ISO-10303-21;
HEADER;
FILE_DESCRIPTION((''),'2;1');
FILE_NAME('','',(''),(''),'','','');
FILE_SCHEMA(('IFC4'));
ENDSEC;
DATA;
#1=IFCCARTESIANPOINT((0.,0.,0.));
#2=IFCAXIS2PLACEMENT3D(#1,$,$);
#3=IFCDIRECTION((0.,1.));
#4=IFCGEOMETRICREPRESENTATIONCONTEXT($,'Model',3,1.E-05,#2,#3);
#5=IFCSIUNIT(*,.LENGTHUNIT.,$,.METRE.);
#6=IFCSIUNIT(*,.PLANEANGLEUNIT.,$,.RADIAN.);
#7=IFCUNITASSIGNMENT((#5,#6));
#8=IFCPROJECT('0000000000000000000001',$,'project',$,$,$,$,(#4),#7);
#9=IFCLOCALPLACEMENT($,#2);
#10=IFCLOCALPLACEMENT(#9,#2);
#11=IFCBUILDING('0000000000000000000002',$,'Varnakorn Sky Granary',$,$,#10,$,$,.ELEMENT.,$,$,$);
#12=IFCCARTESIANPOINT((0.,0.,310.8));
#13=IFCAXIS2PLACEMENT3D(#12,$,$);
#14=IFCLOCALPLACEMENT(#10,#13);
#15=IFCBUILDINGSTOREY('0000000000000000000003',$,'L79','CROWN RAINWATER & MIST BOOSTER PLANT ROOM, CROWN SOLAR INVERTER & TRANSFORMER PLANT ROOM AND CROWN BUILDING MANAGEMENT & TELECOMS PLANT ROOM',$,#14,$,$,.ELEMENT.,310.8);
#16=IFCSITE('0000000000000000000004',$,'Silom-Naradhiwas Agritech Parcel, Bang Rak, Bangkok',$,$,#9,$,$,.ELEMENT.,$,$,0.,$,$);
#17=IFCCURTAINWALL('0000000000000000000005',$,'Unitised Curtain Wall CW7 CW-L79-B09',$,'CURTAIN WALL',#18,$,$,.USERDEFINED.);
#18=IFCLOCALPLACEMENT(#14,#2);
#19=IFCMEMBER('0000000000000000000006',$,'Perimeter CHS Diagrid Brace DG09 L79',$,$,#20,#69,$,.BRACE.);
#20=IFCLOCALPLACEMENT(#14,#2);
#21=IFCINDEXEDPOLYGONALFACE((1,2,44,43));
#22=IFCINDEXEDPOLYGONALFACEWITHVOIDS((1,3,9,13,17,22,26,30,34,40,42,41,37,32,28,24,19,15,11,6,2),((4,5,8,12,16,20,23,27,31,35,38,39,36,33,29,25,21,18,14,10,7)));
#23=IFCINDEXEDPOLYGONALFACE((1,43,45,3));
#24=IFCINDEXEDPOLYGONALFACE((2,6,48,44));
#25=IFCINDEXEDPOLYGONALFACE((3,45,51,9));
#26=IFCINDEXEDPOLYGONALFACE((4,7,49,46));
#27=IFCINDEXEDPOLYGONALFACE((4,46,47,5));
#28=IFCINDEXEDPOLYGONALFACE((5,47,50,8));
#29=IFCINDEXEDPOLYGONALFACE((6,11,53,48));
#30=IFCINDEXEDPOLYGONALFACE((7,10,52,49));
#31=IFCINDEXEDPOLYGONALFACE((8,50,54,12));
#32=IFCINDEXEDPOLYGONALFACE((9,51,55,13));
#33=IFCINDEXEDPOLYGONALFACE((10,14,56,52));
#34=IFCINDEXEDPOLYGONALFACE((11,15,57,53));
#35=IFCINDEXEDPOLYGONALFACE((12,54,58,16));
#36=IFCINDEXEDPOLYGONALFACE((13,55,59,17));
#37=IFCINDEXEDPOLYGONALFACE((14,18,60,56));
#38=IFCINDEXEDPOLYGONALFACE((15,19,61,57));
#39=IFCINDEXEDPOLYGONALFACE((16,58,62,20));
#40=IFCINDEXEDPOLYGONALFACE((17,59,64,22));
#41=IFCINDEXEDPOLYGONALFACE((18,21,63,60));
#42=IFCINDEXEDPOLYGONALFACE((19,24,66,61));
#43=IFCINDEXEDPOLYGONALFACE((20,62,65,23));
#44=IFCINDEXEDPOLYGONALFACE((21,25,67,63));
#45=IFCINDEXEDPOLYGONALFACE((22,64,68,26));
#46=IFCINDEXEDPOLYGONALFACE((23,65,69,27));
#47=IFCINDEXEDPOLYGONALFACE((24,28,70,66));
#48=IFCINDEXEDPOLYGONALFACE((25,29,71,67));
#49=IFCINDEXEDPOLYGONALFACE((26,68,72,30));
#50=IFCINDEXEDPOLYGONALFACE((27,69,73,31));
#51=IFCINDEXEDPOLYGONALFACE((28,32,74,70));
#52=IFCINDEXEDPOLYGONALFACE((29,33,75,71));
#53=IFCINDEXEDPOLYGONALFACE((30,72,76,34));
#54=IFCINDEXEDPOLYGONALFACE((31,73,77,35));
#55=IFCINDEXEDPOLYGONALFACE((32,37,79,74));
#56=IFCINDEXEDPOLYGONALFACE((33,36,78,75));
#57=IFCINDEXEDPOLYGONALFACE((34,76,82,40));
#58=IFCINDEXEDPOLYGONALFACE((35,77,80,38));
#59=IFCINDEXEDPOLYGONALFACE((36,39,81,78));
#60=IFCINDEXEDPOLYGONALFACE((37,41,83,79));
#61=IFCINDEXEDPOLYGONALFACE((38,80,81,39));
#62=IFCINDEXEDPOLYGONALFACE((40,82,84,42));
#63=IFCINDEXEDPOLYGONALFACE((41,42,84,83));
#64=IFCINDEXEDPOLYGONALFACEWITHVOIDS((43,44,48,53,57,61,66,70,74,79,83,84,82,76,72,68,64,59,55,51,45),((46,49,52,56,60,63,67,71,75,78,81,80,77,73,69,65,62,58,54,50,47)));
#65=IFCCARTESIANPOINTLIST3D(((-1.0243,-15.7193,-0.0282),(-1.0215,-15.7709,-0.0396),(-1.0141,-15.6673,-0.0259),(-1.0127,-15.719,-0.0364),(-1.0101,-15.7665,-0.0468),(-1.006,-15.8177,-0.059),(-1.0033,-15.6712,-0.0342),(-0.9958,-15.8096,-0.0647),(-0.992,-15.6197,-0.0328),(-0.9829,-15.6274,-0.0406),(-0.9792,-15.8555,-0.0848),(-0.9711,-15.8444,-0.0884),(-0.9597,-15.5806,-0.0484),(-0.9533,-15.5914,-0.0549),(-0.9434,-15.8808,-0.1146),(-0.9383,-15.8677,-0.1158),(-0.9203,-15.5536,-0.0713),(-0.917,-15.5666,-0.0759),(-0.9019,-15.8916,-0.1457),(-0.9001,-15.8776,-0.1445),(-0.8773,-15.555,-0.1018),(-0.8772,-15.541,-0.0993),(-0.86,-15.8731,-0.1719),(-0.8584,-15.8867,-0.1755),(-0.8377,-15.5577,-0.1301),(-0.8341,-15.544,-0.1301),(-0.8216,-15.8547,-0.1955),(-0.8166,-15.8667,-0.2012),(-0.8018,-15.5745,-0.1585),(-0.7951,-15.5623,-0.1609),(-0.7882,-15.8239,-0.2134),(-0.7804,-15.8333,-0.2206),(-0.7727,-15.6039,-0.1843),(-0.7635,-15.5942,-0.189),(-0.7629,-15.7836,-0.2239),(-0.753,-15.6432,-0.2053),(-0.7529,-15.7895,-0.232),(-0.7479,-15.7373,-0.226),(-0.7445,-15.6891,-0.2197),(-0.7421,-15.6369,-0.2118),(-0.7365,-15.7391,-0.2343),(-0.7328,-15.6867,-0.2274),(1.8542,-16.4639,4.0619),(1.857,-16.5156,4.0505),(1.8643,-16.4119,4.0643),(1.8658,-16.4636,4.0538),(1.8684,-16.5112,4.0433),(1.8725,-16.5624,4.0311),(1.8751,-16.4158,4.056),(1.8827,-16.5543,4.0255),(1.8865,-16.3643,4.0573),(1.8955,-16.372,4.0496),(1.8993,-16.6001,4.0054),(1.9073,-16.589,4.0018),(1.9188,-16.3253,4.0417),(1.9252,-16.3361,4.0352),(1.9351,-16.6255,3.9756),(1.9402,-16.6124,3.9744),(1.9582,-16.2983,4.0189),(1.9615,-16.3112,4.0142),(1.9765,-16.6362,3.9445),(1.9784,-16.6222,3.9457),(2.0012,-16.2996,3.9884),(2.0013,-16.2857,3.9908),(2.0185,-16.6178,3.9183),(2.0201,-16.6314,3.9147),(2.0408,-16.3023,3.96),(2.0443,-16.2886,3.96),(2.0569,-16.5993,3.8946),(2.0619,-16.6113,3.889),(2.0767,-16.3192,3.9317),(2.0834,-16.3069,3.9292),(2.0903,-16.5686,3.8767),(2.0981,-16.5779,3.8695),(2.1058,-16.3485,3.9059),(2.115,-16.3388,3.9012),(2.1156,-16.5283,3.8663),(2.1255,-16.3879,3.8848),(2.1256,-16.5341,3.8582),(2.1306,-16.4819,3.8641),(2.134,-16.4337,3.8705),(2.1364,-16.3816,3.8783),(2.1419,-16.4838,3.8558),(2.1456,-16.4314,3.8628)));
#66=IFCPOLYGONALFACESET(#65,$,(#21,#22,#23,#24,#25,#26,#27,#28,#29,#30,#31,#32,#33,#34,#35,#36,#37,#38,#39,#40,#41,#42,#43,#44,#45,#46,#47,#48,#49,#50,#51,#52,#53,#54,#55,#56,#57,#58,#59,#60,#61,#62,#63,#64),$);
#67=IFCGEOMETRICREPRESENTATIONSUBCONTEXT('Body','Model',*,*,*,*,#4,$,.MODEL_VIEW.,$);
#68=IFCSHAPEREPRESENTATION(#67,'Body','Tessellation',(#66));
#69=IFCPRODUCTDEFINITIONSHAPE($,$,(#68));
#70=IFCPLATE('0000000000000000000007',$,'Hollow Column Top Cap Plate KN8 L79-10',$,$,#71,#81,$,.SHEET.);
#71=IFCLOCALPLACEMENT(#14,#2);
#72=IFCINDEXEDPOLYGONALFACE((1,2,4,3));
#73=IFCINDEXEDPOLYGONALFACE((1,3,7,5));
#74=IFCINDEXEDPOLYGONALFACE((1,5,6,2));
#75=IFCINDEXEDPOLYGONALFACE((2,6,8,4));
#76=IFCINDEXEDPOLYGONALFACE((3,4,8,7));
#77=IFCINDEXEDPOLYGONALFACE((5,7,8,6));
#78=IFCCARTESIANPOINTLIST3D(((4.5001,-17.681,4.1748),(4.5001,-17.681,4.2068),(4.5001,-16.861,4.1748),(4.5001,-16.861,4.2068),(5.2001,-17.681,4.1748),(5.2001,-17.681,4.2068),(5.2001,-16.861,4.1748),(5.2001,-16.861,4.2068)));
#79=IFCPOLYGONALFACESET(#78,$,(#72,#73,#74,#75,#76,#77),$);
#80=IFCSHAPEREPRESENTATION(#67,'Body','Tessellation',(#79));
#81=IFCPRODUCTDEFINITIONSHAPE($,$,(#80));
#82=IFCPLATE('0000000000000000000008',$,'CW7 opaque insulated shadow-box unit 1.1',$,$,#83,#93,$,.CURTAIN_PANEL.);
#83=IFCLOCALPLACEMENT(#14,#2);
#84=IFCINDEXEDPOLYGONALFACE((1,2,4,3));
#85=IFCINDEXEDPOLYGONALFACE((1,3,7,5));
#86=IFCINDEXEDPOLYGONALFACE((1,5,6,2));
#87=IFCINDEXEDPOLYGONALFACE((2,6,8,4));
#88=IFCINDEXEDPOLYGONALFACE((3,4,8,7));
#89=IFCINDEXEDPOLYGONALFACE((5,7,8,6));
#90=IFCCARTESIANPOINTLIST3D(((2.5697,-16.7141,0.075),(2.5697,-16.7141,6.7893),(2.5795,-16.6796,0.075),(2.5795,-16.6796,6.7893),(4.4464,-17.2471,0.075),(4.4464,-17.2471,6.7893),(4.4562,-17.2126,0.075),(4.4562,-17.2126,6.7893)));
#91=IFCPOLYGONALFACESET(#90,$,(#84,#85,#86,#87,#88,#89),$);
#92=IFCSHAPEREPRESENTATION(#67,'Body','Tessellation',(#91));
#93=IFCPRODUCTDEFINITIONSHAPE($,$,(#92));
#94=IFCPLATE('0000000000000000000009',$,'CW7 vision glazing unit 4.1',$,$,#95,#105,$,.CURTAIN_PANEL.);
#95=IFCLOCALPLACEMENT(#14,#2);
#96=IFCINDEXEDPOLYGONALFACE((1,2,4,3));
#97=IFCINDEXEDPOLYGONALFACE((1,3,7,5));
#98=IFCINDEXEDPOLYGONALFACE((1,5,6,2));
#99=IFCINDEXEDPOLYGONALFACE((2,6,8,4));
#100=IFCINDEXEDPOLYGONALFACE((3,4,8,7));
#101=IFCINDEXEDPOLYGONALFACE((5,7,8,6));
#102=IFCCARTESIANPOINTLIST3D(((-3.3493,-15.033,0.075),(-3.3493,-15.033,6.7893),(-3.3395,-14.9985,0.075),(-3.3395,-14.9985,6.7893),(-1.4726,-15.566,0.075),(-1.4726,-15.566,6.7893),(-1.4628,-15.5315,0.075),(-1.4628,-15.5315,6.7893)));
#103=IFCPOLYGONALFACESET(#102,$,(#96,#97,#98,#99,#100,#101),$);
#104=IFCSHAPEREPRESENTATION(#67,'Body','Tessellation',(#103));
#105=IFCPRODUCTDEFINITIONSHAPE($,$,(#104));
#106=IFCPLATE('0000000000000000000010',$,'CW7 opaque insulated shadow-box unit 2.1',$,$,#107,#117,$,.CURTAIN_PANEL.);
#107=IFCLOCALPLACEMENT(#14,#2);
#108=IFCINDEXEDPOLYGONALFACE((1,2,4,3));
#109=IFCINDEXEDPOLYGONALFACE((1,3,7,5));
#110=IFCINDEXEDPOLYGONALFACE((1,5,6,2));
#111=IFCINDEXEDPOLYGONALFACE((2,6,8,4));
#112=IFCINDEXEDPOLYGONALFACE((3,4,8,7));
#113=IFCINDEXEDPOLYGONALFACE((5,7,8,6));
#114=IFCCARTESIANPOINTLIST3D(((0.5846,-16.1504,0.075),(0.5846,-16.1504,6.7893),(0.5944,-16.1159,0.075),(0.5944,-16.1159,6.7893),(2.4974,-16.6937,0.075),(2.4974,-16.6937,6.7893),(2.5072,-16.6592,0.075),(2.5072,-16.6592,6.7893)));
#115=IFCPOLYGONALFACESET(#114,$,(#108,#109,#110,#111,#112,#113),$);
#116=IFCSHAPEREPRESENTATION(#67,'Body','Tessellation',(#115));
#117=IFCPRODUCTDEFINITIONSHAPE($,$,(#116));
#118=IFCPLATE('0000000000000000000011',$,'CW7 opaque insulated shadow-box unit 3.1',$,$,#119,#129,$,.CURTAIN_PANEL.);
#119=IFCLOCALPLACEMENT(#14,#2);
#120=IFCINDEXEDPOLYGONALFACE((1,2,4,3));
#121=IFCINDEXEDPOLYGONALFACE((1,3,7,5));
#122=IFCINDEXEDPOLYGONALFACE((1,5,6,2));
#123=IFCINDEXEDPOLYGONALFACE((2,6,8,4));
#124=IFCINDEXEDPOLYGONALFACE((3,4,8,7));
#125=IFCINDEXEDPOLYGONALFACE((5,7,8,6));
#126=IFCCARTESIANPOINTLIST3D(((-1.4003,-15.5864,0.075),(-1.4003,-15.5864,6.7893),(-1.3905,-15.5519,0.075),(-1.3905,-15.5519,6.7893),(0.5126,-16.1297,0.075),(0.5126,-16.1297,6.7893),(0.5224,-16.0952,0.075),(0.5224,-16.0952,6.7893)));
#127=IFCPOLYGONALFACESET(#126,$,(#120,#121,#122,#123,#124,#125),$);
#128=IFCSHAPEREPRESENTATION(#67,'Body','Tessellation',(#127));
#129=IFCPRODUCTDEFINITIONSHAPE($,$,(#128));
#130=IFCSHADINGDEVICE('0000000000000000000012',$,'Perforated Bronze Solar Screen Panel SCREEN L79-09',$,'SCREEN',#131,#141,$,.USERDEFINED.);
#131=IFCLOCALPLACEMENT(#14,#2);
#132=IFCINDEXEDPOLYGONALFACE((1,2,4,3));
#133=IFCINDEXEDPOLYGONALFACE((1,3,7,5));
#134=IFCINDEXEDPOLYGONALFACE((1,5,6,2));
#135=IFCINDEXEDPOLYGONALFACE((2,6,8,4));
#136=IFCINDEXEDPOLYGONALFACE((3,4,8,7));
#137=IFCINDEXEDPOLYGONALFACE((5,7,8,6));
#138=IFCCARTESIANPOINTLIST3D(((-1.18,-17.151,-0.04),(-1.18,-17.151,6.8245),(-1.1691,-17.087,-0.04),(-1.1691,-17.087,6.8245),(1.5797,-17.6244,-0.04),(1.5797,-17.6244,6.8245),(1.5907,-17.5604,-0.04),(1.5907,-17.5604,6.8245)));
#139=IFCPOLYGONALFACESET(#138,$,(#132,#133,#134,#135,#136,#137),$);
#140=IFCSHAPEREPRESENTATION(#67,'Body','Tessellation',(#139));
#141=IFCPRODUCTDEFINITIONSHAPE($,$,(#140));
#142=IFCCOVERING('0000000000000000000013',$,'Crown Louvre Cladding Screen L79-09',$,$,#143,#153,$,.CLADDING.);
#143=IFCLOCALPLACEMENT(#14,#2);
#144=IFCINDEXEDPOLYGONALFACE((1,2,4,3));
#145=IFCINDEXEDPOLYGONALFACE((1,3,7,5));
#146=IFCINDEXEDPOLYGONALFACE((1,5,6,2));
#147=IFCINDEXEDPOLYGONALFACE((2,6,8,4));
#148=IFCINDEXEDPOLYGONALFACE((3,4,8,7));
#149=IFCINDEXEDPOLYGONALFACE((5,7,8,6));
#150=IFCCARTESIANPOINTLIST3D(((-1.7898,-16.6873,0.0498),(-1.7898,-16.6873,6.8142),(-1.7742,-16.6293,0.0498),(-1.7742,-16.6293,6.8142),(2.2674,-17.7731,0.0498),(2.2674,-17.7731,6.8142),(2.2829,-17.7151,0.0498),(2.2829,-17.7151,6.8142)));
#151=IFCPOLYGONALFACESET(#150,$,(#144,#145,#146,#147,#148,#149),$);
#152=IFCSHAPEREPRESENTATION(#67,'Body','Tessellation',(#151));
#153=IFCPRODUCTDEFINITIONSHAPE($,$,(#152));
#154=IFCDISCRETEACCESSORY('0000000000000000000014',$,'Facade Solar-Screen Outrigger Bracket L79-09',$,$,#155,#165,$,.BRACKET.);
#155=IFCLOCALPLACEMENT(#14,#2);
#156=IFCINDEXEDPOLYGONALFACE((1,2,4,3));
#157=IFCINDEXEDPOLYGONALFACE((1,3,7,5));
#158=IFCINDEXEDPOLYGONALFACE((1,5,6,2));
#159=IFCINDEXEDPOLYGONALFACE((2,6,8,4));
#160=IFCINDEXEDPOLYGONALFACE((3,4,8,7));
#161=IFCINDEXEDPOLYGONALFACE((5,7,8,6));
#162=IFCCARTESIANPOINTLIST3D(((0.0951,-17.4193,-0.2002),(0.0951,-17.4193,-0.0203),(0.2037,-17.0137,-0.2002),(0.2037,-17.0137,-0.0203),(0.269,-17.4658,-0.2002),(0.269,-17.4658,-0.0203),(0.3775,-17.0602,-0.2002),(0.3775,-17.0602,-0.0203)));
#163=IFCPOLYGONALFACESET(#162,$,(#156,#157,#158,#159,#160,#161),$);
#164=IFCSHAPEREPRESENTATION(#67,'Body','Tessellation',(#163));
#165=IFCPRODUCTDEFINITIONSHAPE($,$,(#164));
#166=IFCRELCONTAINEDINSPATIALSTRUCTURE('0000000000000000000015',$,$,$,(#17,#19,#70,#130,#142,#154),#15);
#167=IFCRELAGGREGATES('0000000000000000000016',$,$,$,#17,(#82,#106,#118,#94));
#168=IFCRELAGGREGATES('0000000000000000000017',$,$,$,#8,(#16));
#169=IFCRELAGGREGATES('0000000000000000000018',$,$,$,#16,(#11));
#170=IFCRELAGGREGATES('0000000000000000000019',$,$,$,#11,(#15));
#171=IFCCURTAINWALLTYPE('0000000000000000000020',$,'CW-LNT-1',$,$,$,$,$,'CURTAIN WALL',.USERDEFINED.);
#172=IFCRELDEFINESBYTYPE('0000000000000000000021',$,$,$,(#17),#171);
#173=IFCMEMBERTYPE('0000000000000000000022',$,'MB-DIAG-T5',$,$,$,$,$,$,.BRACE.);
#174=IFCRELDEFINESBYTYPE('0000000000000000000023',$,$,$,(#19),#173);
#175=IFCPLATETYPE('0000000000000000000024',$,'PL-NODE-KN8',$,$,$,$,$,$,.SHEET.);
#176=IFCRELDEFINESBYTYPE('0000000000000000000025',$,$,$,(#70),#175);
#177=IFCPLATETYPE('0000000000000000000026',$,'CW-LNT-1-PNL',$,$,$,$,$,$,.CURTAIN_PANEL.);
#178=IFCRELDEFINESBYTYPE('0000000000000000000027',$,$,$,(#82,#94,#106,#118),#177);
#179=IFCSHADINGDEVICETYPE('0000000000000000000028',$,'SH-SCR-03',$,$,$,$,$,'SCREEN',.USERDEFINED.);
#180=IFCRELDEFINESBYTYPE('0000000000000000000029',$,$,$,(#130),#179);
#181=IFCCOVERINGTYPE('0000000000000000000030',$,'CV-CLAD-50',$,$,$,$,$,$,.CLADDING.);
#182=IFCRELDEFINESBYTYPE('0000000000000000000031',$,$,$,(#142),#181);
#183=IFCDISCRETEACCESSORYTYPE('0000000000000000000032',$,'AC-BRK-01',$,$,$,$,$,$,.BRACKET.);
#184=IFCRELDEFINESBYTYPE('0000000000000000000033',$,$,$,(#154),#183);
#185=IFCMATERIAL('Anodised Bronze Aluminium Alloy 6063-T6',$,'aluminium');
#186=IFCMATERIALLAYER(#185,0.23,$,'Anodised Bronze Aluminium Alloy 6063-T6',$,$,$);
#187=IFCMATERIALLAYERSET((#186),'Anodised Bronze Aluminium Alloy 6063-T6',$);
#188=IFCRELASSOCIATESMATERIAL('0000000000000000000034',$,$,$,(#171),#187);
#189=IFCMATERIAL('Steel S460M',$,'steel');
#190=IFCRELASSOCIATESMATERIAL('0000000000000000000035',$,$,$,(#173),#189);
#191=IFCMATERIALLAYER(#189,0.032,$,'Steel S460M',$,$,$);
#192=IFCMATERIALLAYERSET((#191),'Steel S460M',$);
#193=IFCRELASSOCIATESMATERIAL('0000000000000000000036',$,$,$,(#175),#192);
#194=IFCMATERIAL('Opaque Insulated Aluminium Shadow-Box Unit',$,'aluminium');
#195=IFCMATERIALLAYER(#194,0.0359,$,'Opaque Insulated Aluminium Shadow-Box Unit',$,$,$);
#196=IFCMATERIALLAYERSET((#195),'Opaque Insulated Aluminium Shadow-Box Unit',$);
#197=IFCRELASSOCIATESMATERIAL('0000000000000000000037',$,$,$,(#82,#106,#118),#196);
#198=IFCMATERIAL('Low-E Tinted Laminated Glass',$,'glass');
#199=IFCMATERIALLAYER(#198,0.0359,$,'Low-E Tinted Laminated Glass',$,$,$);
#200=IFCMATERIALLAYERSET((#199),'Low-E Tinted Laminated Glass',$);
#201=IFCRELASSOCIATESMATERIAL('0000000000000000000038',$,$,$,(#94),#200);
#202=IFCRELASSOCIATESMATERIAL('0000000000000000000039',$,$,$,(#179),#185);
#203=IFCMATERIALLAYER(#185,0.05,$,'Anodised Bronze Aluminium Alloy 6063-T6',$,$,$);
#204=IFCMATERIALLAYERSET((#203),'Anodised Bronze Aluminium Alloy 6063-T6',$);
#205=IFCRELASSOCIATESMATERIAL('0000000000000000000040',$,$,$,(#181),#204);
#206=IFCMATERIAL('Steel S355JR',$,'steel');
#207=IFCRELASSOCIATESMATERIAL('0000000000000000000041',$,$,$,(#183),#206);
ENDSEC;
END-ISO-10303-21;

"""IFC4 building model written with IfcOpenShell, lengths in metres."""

from ifc_helpers import new_model, si_unit, direction, frame, origin, origin_2d, place, context, subcontext, project, spatial, rectangle, hollow_circle, extrude, source, transform, mapped, material, layer, layer_set, material_profile, profile_set, type_object, type_shapes, element, aggregate, save


model = new_model("IFC4")

# Units and contexts
model_context = context("Model", 3, precision=1e-05, world=origin(), true_north=direction((0.0, 1.0)))
body_context = subcontext(model_context, "Body", "Model", "MODEL_VIEW")
ifc_project = project(units=[si_unit("LENGTHUNIT", "METRE"), si_unit("PLANEANGLEUNIT", "RADIAN")], contexts=[model_context])

# Site, building, storey
site_placement = place(None, origin())
site = spatial("IfcSite", under=ifc_project, at=site_placement, Name="Silom-Naradhiwas Agritech Parcel, Bang Rak, Bangkok", CompositionType="ELEMENT", RefElevation=0.0)
building_placement = place(site_placement, origin())
building = spatial("IfcBuilding", under=site, at=building_placement, Name="Varnakorn Sky Granary", CompositionType="ELEMENT")
storey_placement = place(building_placement, frame((0.0, 0.0, 310.8)))
storey = spatial("IfcBuildingStorey", under=building, at=storey_placement, Name="L79", Description="CROWN RAINWATER & MIST BOOSTER PLANT ROOM, CROWN SOLAR INVERTER & TRANSFORMER PLANT ROOM AND CROWN BUILDING MANAGEMENT & TELECOMS PLANT ROOM", CompositionType="ELEMENT", Elevation=310.8)

# Shared definitions
ifc_material_1 = material(Name="Steel S460M", Category="steel")

# Shared definitions
ifc_material_2 = material(Name="Steel S355JR", Category="steel")

# Curtain wall
ifc_material_3 = material(Name="Anodised Bronze Aluminium Alloy 6063-T6", Category="aluminium")
ifc_layer_1 = layer(ifc_material_3, 0.23, Name="Anodised Bronze Aluminium Alloy 6063-T6")
ifc_layer_set_1 = layer_set([ifc_layer_1], Name="Anodised Bronze Aluminium Alloy 6063-T6")
curtain_wall_type = type_object("IfcCurtainWallType", Name="CW-LNT-1", ElementType="CURTAIN WALL", PredefinedType="USERDEFINED", material=ifc_layer_set_1)
curtain_wall_1_placement = place(storey_placement, origin())
curtain_wall_1 = element("IfcCurtainWall", 1, at=curtain_wall_1_placement, inside=storey, type_object=curtain_wall_type, Name="Unitised Curtain Wall CW7 CW-L79-B09", ObjectType="CURTAIN WALL", PredefinedType="USERDEFINED")

# Member
ifc_material_profile_1 = material_profile(ifc_material_1, hollow_circle(Radius=0.1777, WallThickness=0.0142, at=origin_2d()), Name="CHS 355.6x14")
ifc_profile_set_1 = profile_set([ifc_material_profile_1], Name="Steel S460M")
member_type_1 = type_object("IfcMemberType", Name="MB-DIAG-T5", PredefinedType="BRACE", material=ifc_profile_set_1)
member_1_placement = place(storey_placement, frame((-0.8787, -15.7161, -0.1301), z_axis=(0.569247, -0.147261, 0.808871), x_axis=(0.250449, 0.96813, 0.0)))
element("IfcMember", 2, at=member_1_placement, inside=storey, type_object=member_type_1, Name="Perimeter CHS Diagrid Brace DG09 L79", PredefinedType="BRACE", context=body_context, shape_type="SweptSolid", body=[
    extrude(hollow_circle(Radius=0.1777, WallThickness=0.0142, at=origin_2d()), origin(), (0.0, 0.0, 1.0), 5.0566),
])

# Plates
ifc_layer_2 = layer(ifc_material_1, 0.032, Name="Steel S460M")
ifc_layer_set_2 = layer_set([ifc_layer_2], Name="Steel S460M")
plate_type_1 = type_object("IfcPlateType", Name="PL-NODE-KN8", PredefinedType="SHEET", material=ifc_layer_set_2)
plate_1_placement = place(storey_placement, frame((4.8501, -17.271, 4.1748), z_axis=(0.0, 0.0, 1.0), x_axis=(1.0, 0.0, 0.0)))
element("IfcPlate", 3, at=plate_1_placement, inside=storey, type_object=plate_type_1, Name="Hollow Column Top Cap Plate KN8 L79-10", PredefinedType="SHEET", context=body_context, shape_type="SweptSolid", body=[
    extrude(rectangle(XDim=0.7, YDim=0.8201, at=origin_2d()), origin(), (0.0, 0.0, 1.0), 0.032),
])
ifc_material_4 = material(Name="Opaque Insulated Aluminium Shadow-Box Unit", Category="aluminium")
ifc_layer_3 = layer(ifc_material_4, 0.0359, Name="Opaque Insulated Aluminium Shadow-Box Unit")
ifc_layer_set_3 = layer_set([ifc_layer_3], Name="Opaque Insulated Aluminium Shadow-Box Unit")
plate_type_2 = type_object("IfcPlateType", Name="CW-LNT-1-PNL", PredefinedType="CURTAIN_PANEL")
shared_shape_1 = source(origin(), body_context, "Body", "SweptSolid", [
    extrude(rectangle(XDim=1.9509, YDim=0.0359, at=origin_2d()), origin(), (0.0, 0.0, 1.0), 6.7144),
])
plate_2_placement = place(storey_placement, frame((3.5129, -16.9634, 0.075), z_axis=(0.0, 0.0, 1.0), x_axis=(-0.961955, 0.273207, 0.0)))
plate_2 = element("IfcPlate", 4, at=plate_2_placement, type_object=plate_type_2, material=ifc_layer_set_3, Name="CW7 opaque insulated shadow-box unit 1.1", PredefinedType="CURTAIN_PANEL", context=body_context, shape_type="MappedRepresentation", body=[
    mapped(shared_shape_1, transform((0.0, 0.0, 0.0), x_axis=(1.0, 0.0, 0.0), y_axis=(0.0, 1.0, 0.0), z_axis=(0.0, 0.0, 1.0), scale=1.0)),
])
ifc_material_5 = material(Name="Low-E Tinted Laminated Glass", Category="glass")
ifc_layer_4 = layer(ifc_material_5, 0.0359, Name="Low-E Tinted Laminated Glass")
ifc_layer_set_4 = layer_set([ifc_layer_4], Name="Low-E Tinted Laminated Glass")
plate_3_placement = place(storey_placement, frame((-2.406, -15.2822, 0.075), z_axis=(0.0, 0.0, 1.0), x_axis=(-0.961955, 0.273207, 0.0)))
plate_3 = element("IfcPlate", 5, at=plate_3_placement, type_object=plate_type_2, material=ifc_layer_set_4, Name="CW7 vision glazing unit 4.1", PredefinedType="CURTAIN_PANEL", context=body_context, shape_type="MappedRepresentation", body=[
    mapped(shared_shape_1, transform((0.0, 0.0, 0.0), x_axis=(1.0, 0.0, 0.0), y_axis=(0.0, 1.0, 0.0), z_axis=(0.0, 0.0, 1.0), scale=1.0)),
])
shared_shape_2 = source(origin(), body_context, "Body", "SweptSolid", [
    extrude(rectangle(XDim=1.9885, YDim=0.0359, at=origin_2d()), origin(), (0.0, 0.0, 1.0), 6.7144),
])
type_shapes(plate_type_2, [shared_shape_1, shared_shape_2])
plate_4_placement = place(storey_placement, frame((1.5459, -16.4048, 0.075), z_axis=(0.0, 0.0, 1.0), x_axis=(-0.961955, 0.273207, 0.0)))
plate_4 = element("IfcPlate", 6, at=plate_4_placement, type_object=plate_type_2, material=ifc_layer_set_3, Name="CW7 opaque insulated shadow-box unit 2.1", PredefinedType="CURTAIN_PANEL", context=body_context, shape_type="MappedRepresentation", body=[
    mapped(shared_shape_2, transform((0.0, 0.0, 0.0), x_axis=(1.0, 0.0, 0.0), y_axis=(0.0, 1.0, 0.0), z_axis=(0.0, 0.0, 1.0), scale=1.0)),
])
plate_5_placement = place(storey_placement, frame((-0.439, -15.8408, 0.075), z_axis=(0.0, 0.0, 1.0), x_axis=(-0.961955, 0.273207, 0.0)))
plate_5 = element("IfcPlate", 7, at=plate_5_placement, type_object=plate_type_2, material=ifc_layer_set_3, Name="CW7 opaque insulated shadow-box unit 3.1", PredefinedType="CURTAIN_PANEL", context=body_context, shape_type="MappedRepresentation", body=[
    mapped(shared_shape_2, transform((0.0, 0.0, 0.0), x_axis=(1.0, 0.0, 0.0), y_axis=(0.0, 1.0, 0.0), z_axis=(0.0, 0.0, 1.0), scale=1.0)),
])
aggregate(curtain_wall_1, [plate_2, plate_4, plate_5, plate_3])

# Shading device
shading_device_type = type_object("IfcShadingDeviceType", Name="SH-SCR-03", ElementType="SCREEN", PredefinedType="USERDEFINED", material=ifc_material_3)
shared_shape_3 = source(origin(), body_context, "Body", "SweptSolid", [
    extrude(rectangle(XDim=2.8, YDim=0.0649, at=origin_2d()), origin(), (0.0, 0.0, 1.0), 6.8645),
])
type_shapes(shading_device_type, [shared_shape_3])
shading_device_placement = place(storey_placement, frame((0.2053, -17.3557, -0.04), z_axis=(0.0, 0.0, 1.0), x_axis=(0.985608, -0.169047, 0.0)))
element("IfcShadingDevice", 8, at=shading_device_placement, inside=storey, type_object=shading_device_type, Name="Perforated Bronze Solar Screen Panel SCREEN L79-09", ObjectType="SCREEN", PredefinedType="USERDEFINED", context=body_context, shape_type="MappedRepresentation", body=[
    mapped(shared_shape_3, transform((0.0, 0.0, 0.0), x_axis=(1.0, 0.0, 0.0), y_axis=(0.0, 1.0, 0.0), z_axis=(0.0, 0.0, 1.0), scale=1.0)),
])

# Covering
ifc_layer_5 = layer(ifc_material_3, 0.05, Name="Anodised Bronze Aluminium Alloy 6063-T6")
ifc_layer_set_5 = layer_set([ifc_layer_5], Name="Anodised Bronze Aluminium Alloy 6063-T6")
covering_type = type_object("IfcCoveringType", Name="CV-CLAD-50", PredefinedType="CLADDING", material=ifc_layer_set_5)
shared_shape_4 = source(origin(), body_context, "Body", "SweptSolid", [
    extrude(rectangle(XDim=4.2, YDim=0.0601, at=origin_2d()), origin(), (0.0, 0.0, 1.0), 6.7644),
])
type_shapes(covering_type, [shared_shape_4])
covering_placement = place(storey_placement, frame((0.2466, -17.2012, 0.0498), z_axis=(0.0, 0.0, 1.0), x_axis=(0.966005, -0.258522, 0.0)))
element("IfcCovering", 9, at=covering_placement, inside=storey, type_object=covering_type, Name="Crown Louvre Cladding Screen L79-09", PredefinedType="CLADDING", context=body_context, shape_type="MappedRepresentation", body=[
    mapped(shared_shape_4, transform((0.0, 0.0, 0.0), x_axis=(1.0, 0.0, 0.0), y_axis=(0.0, 1.0, 0.0), z_axis=(0.0, 0.0, 1.0), scale=1.0)),
])

# Discrete accessory
discrete_accessory_type = type_object("IfcDiscreteAccessoryType", Name="AC-BRK-01", PredefinedType="BRACKET", material=ifc_material_2)
shared_shape_5 = source(origin(), body_context, "Body", "SweptSolid", [
    extrude(rectangle(XDim=0.1799, YDim=0.4199, at=origin_2d()), origin(), (0.0, 0.0, 1.0), 0.1799),
])
type_shapes(discrete_accessory_type, [shared_shape_5])
discrete_accessory_placement = place(storey_placement, frame((0.2363, -17.2397, -0.2002), z_axis=(0.0, 0.0, 1.0), x_axis=(0.966005, -0.258522, 0.0)))
element("IfcDiscreteAccessory", 10, at=discrete_accessory_placement, inside=storey, type_object=discrete_accessory_type, Name="Facade Solar-Screen Outrigger Bracket L79-09", PredefinedType="BRACKET", context=body_context, shape_type="MappedRepresentation", body=[
    mapped(shared_shape_5, transform((0.0, 0.0, 0.0), x_axis=(1.0, 0.0, 0.0), y_axis=(0.0, 1.0, 0.0), z_axis=(0.0, 0.0, 1.0), scale=1.0)),
])

save(model, "model.ifc")
